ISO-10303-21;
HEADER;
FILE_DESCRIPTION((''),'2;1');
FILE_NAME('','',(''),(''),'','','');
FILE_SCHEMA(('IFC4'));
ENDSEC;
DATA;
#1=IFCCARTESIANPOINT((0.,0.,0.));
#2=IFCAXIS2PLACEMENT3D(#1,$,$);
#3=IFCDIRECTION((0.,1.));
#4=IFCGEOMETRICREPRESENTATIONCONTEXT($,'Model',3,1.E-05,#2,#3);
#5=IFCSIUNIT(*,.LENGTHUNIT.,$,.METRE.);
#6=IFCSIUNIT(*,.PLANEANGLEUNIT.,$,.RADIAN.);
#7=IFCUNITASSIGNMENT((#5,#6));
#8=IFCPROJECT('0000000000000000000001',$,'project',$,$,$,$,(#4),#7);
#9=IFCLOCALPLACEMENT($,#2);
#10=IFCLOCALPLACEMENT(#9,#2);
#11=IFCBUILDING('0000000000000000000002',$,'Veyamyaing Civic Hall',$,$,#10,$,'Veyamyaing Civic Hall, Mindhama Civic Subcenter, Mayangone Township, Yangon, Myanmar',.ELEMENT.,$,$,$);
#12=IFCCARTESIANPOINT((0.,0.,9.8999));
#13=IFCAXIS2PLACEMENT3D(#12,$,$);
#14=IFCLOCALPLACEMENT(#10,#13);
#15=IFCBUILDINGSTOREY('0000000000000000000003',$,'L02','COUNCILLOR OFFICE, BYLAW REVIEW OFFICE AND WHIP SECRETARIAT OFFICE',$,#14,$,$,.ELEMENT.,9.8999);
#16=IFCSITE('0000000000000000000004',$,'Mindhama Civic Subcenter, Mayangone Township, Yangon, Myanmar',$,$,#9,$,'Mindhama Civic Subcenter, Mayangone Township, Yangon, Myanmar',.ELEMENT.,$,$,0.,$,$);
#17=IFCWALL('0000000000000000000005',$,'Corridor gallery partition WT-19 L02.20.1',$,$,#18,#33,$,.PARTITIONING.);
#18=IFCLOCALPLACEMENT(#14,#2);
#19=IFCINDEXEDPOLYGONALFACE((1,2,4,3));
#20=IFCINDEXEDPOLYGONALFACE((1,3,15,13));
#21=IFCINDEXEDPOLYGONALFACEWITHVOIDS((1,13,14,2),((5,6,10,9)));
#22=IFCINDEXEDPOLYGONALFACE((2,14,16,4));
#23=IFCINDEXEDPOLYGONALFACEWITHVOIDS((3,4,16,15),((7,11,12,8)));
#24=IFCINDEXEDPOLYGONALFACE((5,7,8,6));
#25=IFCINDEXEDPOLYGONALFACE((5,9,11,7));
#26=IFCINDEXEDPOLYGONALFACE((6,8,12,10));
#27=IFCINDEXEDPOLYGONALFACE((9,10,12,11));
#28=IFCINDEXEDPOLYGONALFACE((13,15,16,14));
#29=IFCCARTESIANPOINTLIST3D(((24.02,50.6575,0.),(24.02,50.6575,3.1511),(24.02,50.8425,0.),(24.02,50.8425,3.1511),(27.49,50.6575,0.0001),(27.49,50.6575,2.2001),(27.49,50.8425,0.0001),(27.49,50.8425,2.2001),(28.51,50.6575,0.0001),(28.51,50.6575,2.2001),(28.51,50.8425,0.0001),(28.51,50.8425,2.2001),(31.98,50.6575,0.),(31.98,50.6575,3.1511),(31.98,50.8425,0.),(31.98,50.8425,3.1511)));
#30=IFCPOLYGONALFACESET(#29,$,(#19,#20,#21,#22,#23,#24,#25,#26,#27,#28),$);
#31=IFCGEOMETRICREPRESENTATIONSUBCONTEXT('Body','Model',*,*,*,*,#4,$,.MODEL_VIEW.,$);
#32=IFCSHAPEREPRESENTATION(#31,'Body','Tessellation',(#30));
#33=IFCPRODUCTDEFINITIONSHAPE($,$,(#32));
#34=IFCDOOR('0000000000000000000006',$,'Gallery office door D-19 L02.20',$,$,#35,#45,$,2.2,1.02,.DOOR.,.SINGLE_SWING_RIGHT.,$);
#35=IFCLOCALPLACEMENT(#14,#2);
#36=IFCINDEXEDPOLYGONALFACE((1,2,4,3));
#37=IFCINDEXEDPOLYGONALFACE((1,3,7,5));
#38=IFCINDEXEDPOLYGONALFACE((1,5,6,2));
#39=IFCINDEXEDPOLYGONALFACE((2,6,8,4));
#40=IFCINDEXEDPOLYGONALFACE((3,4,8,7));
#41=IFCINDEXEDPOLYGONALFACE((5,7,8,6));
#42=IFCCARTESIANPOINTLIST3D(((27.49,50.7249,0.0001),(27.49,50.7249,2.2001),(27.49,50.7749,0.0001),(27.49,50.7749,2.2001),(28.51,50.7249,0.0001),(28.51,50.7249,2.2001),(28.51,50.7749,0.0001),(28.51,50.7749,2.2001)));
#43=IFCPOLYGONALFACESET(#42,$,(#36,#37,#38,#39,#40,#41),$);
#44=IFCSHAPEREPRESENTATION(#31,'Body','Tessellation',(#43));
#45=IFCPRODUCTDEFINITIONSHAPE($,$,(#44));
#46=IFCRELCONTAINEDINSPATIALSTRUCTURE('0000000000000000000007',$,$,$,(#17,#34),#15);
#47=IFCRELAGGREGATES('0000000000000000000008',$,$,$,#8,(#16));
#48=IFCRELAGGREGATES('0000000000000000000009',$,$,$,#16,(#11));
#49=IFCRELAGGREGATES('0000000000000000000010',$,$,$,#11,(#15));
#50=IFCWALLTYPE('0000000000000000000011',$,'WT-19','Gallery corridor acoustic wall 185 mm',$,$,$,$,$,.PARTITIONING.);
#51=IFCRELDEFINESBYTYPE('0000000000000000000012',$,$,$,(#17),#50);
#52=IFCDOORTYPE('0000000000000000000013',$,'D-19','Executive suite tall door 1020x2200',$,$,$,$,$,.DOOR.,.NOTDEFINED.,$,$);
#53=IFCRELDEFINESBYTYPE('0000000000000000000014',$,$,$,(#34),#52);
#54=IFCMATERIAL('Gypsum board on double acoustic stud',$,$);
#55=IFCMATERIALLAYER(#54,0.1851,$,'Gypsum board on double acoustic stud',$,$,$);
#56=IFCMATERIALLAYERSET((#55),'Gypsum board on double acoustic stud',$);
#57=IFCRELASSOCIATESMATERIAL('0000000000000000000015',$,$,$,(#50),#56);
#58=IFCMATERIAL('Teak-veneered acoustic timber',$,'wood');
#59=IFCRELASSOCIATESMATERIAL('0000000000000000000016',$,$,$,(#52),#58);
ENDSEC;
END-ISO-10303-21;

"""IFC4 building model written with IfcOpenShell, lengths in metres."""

from ifc_helpers import new_model, si_unit, direction, frame, frame_2d, origin, place, context, subcontext, project, spatial, rectangle, extrude, material, layer, layer_set, type_object, element, fill, save


model = new_model("IFC4")

# Units and contexts
model_context = context("Model", 3, precision=1e-05, world=origin(), true_north=direction((0.0, 1.0)))
body_context = subcontext(model_context, "Body", "Model", "MODEL_VIEW")
ifc_project = project(units=[si_unit("LENGTHUNIT", "METRE"), si_unit("PLANEANGLEUNIT", "RADIAN")], contexts=[model_context])

# Site, building, storey
site_placement = place(None, origin())
site = spatial("IfcSite", under=ifc_project, at=site_placement, Name="Mindhama Civic Subcenter, Mayangone Township, Yangon, Myanmar", LongName="Mindhama Civic Subcenter, Mayangone Township, Yangon, Myanmar", CompositionType="ELEMENT", RefElevation=0.0)
building_placement = place(site_placement, origin())
building = spatial("IfcBuilding", under=site, at=building_placement, Name="Veyamyaing Civic Hall", LongName="Veyamyaing Civic Hall, Mindhama Civic Subcenter, Mayangone Township, Yangon, Myanmar", CompositionType="ELEMENT")
storey_placement = place(building_placement, frame((0.0, 0.0, 9.8999)))
storey = spatial("IfcBuildingStorey", under=building, at=storey_placement, Name="L02", Description="COUNCILLOR OFFICE, BYLAW REVIEW OFFICE AND WHIP SECRETARIAT OFFICE", CompositionType="ELEMENT", Elevation=9.8999)

# Wall, opening, door
ifc_material_1 = material(Name="Gypsum board on double acoustic stud")
ifc_layer_1 = layer(ifc_material_1, 0.1851, Name="Gypsum board on double acoustic stud")
ifc_layer_set_1 = layer_set([ifc_layer_1], Name="Gypsum board on double acoustic stud")
wall_type_1 = type_object("IfcWallType", Name="WT-19", Description="Gallery corridor acoustic wall 185 mm", PredefinedType="PARTITIONING", material=ifc_layer_set_1)
wall_1_placement = place(storey_placement, frame((24.02, 50.75, 0.0), z_axis=(0.0, 0.0, 1.0), x_axis=(1.0, 0.0, 0.0)))
wall_1 = element("IfcWall", 1, at=wall_1_placement, inside=storey, type_object=wall_type_1, Name="Corridor gallery partition WT-19 L02.20.1", PredefinedType="PARTITIONING", context=body_context, shape_type="SweptSolid", body=[
    extrude(rectangle(XDim=7.96, YDim=0.1851, at=frame_2d((3.98, 0.0))), origin(), (0.0, 0.0, 1.0), 3.1511),
])
opening_placement = place(wall_1_placement, frame((3.47, 0.0, 0.0)))
opening = element("IfcOpeningElement", 2, at=opening_placement, cuts=wall_1, PredefinedType="OPENING", context=body_context, shape_type="SweptSolid", body=[
    extrude(rectangle(XDim=1.02, YDim=2.2, at=frame_2d((0.51, 1.1001))), frame((0.0, 0.1025, 0.0), z_axis=(0.0, -1.0, 0.0), x_axis=(1.0, 0.0, 0.0)), (0.0, 0.0, 1.0), 0.2051),
])
ifc_material_2 = material(Name="Teak-veneered acoustic timber", Category="wood")
door_type = type_object("IfcDoorType", Name="D-19", Description="Executive suite tall door 1020x2200", OperationType="NOTDEFINED", PredefinedType="DOOR", material=ifc_material_2)
door_placement = place(opening_placement, origin())
door = element("IfcDoor", 3, at=door_placement, inside=storey, type_object=door_type, Name="Gallery office door D-19 L02.20", OperationType="SINGLE_SWING_RIGHT", OverallHeight=2.2, OverallWidth=1.02, PredefinedType="DOOR", context=body_context, shape_type="SweptSolid", body=[
    extrude(rectangle(XDim=1.02, YDim=2.2, at=frame_2d((0.51, 1.1001))), frame((0.0, 0.0249, 0.0), z_axis=(0.0, -1.0, 0.0), x_axis=(1.0, 0.0, 0.0)), (0.0, 0.0, 1.0), 0.05),
])
fill(opening, door)

save(model, "model.ifc")
